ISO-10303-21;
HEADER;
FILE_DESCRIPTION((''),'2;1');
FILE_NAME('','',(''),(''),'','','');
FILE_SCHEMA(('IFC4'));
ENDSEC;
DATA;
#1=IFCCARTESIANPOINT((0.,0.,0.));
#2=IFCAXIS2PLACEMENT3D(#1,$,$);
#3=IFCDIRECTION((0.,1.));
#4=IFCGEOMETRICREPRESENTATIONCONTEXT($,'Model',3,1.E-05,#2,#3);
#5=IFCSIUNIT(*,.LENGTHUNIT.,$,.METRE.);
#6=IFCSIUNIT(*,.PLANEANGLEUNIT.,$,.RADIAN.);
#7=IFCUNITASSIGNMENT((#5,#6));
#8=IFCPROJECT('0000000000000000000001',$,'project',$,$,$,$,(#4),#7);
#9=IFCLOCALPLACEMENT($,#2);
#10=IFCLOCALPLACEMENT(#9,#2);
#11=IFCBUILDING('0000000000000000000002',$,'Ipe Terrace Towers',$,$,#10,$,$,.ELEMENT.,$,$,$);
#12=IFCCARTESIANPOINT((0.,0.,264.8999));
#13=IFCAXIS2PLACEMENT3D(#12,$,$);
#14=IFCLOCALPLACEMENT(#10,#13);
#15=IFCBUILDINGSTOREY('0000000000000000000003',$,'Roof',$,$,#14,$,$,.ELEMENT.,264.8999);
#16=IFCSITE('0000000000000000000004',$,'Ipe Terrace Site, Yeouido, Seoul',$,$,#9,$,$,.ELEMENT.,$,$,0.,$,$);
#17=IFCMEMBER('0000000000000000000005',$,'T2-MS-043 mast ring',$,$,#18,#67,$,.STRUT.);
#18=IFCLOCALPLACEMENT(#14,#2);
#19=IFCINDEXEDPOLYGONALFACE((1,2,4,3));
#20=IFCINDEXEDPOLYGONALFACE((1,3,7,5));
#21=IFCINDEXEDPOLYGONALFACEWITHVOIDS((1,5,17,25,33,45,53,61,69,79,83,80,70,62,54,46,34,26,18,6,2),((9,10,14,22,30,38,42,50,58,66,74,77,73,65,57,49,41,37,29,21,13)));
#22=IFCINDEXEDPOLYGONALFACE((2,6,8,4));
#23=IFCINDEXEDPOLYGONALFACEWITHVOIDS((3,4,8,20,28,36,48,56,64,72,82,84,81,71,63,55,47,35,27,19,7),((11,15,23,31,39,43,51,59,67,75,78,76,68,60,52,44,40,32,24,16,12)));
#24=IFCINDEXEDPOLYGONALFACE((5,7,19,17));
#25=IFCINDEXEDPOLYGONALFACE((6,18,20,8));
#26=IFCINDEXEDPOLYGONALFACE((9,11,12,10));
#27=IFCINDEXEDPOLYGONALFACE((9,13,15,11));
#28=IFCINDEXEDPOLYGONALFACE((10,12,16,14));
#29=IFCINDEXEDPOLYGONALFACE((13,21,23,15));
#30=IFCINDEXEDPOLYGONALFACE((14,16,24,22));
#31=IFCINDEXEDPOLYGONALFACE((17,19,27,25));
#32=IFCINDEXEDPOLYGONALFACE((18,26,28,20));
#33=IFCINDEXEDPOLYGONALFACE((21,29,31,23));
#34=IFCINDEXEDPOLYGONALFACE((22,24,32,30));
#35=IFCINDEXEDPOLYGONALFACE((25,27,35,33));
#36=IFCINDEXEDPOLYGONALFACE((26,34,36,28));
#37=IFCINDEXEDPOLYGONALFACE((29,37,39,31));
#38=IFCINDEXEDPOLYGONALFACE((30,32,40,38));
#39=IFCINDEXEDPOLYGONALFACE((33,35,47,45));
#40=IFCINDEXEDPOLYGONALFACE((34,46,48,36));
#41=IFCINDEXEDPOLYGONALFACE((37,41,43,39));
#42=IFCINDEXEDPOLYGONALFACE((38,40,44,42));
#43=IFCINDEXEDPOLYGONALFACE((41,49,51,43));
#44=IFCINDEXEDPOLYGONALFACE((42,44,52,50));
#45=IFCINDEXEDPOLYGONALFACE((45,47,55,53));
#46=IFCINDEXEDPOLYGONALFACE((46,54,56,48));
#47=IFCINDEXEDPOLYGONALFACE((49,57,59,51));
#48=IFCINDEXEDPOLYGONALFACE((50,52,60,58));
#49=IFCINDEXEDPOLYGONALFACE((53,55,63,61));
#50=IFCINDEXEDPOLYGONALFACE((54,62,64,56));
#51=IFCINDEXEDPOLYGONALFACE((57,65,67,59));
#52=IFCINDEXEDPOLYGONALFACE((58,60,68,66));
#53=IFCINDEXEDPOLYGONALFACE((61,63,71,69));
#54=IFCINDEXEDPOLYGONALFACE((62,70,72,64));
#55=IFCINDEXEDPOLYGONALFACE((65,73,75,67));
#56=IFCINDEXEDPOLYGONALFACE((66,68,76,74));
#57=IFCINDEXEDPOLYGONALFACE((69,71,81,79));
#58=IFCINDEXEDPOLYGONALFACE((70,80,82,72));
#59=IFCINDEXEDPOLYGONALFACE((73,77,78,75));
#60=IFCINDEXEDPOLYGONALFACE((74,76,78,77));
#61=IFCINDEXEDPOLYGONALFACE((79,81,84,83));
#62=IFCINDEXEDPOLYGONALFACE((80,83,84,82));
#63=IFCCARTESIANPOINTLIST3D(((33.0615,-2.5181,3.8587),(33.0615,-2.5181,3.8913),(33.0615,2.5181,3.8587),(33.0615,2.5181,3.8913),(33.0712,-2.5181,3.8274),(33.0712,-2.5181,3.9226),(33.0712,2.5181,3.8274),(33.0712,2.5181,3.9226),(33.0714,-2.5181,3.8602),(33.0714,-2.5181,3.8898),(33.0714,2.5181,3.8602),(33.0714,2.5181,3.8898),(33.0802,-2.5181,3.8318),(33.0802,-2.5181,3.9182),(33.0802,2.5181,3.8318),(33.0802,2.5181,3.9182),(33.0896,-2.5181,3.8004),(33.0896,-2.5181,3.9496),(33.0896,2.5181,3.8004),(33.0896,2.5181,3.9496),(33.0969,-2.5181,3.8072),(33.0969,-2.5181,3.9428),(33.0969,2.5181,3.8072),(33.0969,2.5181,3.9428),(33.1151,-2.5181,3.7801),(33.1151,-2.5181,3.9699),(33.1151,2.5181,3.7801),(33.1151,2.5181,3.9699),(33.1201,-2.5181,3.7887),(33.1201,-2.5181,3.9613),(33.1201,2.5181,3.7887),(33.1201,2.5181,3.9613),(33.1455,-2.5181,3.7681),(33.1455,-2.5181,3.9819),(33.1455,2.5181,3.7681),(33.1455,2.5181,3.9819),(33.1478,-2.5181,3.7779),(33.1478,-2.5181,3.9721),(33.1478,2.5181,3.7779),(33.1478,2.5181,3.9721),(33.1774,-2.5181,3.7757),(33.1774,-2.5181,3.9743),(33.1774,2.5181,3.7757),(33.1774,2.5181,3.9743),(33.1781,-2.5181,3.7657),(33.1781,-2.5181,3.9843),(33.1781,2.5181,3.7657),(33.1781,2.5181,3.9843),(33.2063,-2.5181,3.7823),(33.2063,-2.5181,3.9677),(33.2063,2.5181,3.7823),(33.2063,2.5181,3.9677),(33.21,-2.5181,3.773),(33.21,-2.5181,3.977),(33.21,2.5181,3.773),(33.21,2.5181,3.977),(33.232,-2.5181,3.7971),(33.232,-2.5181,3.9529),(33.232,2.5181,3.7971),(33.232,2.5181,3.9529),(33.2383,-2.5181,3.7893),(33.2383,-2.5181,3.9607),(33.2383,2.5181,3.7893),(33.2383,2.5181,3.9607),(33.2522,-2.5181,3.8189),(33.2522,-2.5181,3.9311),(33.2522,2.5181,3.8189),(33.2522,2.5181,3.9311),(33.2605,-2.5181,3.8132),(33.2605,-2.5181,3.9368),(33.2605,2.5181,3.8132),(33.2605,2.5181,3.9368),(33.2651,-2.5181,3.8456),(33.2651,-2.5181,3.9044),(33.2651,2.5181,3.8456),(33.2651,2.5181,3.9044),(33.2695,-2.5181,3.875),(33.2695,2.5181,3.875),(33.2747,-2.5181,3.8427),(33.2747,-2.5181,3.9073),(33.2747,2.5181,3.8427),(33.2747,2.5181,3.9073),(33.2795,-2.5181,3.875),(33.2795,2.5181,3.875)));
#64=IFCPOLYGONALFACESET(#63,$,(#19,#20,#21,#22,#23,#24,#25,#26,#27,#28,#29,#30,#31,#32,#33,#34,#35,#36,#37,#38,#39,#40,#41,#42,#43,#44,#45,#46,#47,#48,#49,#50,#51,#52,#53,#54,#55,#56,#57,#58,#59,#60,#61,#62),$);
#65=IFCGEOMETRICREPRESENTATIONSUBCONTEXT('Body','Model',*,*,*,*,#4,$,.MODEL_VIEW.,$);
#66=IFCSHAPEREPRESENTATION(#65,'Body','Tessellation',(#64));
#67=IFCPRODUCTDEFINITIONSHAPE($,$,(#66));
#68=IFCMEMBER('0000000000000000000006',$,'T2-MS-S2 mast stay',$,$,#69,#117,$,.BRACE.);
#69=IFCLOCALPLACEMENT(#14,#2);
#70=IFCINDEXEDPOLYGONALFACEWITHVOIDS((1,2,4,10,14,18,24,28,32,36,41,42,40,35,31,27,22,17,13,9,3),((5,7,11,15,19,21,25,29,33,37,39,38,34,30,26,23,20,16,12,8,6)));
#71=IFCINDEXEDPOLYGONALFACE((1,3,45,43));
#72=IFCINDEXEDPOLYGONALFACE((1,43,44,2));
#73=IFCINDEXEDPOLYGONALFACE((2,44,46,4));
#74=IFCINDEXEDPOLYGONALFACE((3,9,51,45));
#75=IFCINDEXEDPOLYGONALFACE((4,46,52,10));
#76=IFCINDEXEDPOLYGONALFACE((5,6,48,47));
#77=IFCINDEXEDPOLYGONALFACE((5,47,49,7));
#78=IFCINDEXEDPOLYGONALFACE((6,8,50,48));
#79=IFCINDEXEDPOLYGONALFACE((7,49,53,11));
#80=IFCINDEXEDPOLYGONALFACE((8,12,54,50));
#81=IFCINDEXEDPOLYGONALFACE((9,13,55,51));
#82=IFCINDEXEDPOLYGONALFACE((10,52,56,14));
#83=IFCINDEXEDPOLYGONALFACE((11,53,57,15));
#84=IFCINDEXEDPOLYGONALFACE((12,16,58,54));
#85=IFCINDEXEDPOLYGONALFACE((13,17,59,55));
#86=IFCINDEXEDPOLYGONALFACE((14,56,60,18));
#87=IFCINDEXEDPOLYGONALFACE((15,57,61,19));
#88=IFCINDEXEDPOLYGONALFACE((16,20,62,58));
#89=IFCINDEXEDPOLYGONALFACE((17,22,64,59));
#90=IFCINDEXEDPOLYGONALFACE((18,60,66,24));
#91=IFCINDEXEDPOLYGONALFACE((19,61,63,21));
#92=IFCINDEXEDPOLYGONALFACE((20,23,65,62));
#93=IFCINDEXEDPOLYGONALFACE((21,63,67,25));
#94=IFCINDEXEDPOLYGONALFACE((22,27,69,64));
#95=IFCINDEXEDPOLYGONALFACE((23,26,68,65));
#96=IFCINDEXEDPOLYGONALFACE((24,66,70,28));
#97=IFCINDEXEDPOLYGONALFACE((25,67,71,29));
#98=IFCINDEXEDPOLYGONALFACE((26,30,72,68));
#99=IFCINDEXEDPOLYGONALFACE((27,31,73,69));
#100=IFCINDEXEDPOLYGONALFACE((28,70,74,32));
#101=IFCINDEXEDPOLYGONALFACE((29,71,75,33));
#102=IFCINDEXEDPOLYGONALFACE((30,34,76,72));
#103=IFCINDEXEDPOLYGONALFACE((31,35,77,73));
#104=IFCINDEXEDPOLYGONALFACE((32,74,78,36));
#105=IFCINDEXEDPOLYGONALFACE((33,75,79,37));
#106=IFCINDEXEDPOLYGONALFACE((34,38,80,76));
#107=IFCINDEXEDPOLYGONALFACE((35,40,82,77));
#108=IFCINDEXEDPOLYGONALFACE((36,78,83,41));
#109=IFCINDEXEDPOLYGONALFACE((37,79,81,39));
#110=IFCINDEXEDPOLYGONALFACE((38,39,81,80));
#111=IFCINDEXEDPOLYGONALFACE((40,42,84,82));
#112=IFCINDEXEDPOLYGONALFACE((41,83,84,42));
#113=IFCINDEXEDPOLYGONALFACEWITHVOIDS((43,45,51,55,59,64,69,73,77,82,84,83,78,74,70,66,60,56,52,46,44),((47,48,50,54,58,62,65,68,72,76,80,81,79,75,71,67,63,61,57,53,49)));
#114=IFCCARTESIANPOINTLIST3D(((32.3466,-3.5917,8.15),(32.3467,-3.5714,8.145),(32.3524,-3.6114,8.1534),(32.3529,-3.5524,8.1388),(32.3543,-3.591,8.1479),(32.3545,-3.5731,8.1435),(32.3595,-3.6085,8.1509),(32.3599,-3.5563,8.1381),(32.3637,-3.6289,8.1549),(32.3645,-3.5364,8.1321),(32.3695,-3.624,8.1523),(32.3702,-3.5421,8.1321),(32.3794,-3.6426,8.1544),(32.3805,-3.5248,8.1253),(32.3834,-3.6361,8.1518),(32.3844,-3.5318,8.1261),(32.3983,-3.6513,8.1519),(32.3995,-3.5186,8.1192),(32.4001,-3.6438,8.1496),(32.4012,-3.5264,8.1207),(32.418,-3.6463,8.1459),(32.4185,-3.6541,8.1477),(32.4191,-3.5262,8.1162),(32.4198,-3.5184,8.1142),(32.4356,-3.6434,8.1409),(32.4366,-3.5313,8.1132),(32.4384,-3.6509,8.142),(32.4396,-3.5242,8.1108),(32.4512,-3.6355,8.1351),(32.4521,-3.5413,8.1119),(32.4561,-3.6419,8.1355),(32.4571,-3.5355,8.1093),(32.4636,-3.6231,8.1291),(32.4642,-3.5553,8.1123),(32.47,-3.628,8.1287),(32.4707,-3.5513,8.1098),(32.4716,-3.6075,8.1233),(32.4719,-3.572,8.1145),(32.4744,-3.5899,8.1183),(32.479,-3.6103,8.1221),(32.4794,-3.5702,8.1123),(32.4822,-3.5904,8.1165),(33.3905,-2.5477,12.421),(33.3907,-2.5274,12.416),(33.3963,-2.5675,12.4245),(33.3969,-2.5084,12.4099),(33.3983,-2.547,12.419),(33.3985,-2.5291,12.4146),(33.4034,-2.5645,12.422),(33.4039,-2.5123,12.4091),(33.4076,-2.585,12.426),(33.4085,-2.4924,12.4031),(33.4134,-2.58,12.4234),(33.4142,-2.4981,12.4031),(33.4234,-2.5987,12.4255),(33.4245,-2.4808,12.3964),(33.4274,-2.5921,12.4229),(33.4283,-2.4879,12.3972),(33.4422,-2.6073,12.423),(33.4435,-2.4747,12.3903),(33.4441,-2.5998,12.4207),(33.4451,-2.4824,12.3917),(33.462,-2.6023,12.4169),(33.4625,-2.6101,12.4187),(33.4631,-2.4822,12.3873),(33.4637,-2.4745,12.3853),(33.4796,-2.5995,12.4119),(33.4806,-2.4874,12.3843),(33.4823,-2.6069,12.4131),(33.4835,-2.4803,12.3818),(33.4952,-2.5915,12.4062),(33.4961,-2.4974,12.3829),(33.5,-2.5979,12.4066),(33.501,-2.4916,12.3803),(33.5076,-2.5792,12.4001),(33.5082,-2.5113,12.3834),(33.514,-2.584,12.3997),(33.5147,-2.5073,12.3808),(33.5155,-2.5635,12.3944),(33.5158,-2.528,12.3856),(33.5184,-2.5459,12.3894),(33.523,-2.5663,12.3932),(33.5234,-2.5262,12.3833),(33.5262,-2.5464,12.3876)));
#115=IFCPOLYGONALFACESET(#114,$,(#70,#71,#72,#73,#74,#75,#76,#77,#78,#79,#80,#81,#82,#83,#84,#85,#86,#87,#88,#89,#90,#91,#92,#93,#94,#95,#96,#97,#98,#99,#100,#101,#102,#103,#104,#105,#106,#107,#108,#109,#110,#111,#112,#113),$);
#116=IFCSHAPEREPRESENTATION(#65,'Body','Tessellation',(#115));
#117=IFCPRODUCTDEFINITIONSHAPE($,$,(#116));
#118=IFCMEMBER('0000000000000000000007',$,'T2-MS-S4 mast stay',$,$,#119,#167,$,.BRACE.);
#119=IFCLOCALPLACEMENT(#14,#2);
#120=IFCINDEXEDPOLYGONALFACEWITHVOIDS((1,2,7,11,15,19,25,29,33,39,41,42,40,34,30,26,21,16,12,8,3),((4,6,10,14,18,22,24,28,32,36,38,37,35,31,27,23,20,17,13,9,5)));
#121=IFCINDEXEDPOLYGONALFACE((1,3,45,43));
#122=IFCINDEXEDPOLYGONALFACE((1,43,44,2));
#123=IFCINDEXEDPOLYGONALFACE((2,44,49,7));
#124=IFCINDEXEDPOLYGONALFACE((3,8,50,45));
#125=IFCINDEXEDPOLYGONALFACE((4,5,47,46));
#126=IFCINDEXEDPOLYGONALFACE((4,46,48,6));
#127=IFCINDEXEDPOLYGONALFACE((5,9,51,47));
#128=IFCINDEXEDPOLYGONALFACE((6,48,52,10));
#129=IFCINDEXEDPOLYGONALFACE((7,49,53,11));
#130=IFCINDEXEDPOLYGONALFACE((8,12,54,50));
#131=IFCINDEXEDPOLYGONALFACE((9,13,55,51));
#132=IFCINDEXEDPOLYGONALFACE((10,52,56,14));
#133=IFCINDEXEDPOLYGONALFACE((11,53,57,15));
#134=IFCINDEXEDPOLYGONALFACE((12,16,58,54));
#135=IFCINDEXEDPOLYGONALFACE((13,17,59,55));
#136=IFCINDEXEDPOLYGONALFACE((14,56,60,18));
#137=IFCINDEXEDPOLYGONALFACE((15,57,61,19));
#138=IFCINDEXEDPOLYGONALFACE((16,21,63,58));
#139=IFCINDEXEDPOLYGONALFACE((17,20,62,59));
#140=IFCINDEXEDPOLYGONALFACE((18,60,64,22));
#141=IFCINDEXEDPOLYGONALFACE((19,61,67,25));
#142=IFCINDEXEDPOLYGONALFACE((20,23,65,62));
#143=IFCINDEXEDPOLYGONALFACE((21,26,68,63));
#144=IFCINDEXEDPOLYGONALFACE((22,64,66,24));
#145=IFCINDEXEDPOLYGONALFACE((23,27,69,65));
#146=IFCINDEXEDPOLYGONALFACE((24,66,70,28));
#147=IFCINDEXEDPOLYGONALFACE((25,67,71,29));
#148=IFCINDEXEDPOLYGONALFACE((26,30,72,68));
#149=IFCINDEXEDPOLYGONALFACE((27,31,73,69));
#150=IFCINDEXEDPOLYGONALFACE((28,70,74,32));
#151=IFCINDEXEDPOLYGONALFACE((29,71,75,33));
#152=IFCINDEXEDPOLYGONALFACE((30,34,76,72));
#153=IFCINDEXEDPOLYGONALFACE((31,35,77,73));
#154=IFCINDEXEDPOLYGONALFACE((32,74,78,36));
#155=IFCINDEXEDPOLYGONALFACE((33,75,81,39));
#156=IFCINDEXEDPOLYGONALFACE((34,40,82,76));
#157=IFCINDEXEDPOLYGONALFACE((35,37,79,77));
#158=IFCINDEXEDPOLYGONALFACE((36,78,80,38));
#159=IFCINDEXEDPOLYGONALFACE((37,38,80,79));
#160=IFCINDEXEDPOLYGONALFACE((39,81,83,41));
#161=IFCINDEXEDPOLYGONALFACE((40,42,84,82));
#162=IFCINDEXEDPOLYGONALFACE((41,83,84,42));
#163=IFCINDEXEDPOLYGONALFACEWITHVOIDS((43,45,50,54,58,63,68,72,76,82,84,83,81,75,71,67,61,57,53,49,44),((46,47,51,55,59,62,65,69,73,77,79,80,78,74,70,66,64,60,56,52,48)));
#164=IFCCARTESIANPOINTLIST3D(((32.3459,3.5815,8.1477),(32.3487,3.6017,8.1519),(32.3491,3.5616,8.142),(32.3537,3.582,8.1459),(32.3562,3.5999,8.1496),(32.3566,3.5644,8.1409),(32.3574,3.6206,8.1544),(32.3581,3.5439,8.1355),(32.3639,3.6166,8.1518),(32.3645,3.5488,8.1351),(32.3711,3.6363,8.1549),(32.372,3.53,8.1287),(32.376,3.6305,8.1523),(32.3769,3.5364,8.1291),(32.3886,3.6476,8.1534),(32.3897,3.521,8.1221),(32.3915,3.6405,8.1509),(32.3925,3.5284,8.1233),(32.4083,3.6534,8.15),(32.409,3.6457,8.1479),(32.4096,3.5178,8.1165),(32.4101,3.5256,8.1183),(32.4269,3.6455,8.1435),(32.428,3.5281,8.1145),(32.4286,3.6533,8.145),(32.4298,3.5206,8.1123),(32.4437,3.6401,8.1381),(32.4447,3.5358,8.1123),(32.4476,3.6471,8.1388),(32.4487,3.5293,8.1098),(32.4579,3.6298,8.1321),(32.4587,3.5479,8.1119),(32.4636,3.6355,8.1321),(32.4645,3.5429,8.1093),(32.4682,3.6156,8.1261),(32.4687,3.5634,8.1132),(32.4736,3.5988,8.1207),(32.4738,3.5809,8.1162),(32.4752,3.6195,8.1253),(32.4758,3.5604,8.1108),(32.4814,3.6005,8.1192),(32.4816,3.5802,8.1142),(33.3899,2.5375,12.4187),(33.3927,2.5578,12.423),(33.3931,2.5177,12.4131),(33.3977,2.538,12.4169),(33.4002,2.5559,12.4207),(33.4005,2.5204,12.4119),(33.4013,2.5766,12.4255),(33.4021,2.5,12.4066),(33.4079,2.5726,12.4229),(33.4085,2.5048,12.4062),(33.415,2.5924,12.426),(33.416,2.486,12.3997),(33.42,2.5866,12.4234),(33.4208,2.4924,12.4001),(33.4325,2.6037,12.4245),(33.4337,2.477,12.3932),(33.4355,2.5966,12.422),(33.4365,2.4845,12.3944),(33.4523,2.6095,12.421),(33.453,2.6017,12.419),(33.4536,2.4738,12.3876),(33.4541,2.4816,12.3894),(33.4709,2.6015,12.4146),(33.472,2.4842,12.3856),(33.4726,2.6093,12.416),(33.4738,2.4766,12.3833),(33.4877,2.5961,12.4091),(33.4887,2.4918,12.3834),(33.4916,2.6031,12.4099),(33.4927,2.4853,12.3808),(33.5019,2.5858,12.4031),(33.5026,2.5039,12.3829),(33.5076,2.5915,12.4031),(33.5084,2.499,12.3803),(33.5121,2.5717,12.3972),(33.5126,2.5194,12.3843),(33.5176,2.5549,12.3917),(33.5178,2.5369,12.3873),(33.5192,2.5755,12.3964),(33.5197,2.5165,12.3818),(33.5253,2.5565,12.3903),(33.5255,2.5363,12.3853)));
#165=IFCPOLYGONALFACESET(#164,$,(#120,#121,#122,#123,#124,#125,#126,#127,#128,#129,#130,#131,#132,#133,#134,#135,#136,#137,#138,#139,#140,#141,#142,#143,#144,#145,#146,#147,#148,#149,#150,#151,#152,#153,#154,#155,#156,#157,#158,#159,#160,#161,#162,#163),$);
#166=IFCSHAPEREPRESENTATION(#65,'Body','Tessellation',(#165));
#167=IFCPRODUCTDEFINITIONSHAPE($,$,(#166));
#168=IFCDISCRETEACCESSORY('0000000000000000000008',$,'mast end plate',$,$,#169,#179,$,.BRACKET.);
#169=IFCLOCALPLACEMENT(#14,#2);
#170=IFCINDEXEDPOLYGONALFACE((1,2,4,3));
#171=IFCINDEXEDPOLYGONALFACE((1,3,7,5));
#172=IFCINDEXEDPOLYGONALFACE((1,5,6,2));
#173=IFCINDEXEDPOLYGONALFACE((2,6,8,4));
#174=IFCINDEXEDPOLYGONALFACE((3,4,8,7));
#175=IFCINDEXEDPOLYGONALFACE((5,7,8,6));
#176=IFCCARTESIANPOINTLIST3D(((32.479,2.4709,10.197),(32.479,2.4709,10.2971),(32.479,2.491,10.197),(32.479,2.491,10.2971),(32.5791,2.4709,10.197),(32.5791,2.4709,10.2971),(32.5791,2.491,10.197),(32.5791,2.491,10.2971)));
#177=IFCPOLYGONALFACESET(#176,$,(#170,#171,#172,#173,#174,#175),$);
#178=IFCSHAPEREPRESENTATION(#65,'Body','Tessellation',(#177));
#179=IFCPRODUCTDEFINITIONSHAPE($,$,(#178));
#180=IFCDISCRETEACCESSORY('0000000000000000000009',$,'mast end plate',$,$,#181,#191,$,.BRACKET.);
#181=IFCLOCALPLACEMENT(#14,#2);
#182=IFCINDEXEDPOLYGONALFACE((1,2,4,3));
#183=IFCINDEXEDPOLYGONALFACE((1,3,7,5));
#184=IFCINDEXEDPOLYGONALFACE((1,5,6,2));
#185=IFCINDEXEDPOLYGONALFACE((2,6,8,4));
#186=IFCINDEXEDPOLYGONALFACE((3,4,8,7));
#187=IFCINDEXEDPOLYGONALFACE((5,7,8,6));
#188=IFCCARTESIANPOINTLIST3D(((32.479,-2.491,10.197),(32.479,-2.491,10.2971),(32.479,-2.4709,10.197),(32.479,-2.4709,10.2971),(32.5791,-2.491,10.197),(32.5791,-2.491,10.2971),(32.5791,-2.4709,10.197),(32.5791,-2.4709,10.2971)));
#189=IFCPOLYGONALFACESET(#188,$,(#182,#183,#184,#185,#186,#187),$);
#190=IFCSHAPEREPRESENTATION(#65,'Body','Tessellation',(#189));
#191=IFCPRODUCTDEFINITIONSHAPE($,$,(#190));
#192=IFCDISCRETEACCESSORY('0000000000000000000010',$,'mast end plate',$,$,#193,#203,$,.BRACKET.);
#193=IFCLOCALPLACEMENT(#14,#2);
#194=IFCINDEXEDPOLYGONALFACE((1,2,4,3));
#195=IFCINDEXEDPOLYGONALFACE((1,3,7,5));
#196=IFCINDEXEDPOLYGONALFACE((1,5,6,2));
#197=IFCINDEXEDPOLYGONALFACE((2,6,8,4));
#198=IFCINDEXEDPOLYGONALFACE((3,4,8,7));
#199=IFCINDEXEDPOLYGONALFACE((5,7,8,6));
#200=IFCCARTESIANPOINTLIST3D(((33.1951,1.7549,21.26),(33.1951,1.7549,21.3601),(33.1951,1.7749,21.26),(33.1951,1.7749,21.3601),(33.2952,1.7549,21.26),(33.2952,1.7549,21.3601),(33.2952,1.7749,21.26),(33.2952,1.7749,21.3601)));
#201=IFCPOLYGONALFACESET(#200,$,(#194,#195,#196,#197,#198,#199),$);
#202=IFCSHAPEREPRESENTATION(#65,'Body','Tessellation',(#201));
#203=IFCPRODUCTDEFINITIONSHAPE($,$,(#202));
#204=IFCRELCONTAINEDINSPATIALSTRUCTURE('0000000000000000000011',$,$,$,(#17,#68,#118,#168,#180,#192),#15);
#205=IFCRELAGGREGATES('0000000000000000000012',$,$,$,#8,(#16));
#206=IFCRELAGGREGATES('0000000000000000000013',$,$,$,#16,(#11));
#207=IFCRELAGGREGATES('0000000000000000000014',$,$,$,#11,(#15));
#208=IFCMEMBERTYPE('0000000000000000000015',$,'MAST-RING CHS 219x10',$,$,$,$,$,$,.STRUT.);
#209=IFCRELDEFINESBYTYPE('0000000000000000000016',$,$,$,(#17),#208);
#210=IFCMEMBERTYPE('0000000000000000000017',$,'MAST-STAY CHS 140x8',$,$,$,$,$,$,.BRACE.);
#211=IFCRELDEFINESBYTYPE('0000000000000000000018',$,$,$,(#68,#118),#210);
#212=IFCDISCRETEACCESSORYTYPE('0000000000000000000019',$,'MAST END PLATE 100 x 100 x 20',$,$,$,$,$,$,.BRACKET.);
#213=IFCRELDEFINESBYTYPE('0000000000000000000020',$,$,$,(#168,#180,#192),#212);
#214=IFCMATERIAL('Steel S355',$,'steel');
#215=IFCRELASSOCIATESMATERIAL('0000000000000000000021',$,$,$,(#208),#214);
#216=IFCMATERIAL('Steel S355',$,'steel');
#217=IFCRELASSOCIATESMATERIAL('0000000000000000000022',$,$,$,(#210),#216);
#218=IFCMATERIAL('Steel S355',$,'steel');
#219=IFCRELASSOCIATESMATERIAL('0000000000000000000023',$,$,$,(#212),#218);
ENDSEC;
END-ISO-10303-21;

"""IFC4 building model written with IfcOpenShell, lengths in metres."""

from ifc_helpers import new_model, si_unit, direction, frame, origin, origin_2d, place, context, subcontext, project, spatial, rectangle, hollow_circle, extrude, material, material_profile, profile_set, type_object, element, save


model = new_model("IFC4")

# Units and contexts
model_context = context("Model", 3, precision=1e-05, world=origin(), true_north=direction((0.0, 1.0)))
body_context = subcontext(model_context, "Body", "Model", "MODEL_VIEW")
ifc_project = project(units=[si_unit("LENGTHUNIT", "METRE"), si_unit("PLANEANGLEUNIT", "RADIAN")], contexts=[model_context])

# Site, building, storey
site_placement = place(None, origin())
site = spatial("IfcSite", under=ifc_project, at=site_placement, Name="Ipe Terrace Site, Yeouido, Seoul", CompositionType="ELEMENT", RefElevation=0.0)
building_placement = place(site_placement, origin())
building = spatial("IfcBuilding", under=site, at=building_placement, Name="Ipe Terrace Towers", CompositionType="ELEMENT")
storey_placement = place(building_placement, frame((0.0, 0.0, 264.8999)))
storey = spatial("IfcBuildingStorey", under=building, at=storey_placement, Name="Roof", CompositionType="ELEMENT", Elevation=264.8999)

# Members
ifc_material_1 = material(Name="Steel S355", Category="steel")
ifc_material_profile_1 = material_profile(ifc_material_1, hollow_circle(Radius=0.1096, WallThickness=0.01, at=origin_2d()), Name="MAST-RING CHS 219x10")
ifc_profile_set_1 = profile_set([ifc_material_profile_1], Name="Steel S355")
member_type_1 = type_object("IfcMemberType", Name="MAST-RING CHS 219x10", PredefinedType="STRUT", material=ifc_profile_set_1)
member_1_placement = place(storey_placement, frame((33.1699, 2.5181, 3.875), z_axis=(0.0, -1.0, 0.0), x_axis=(1.0, 0.0, 0.0)))
element("IfcMember", 1, at=member_1_placement, inside=storey, type_object=member_type_1, Name="T2-MS-043 mast ring", PredefinedType="STRUT", context=body_context, shape_type="SweptSolid", body=[
    extrude(hollow_circle(Radius=0.1096, WallThickness=0.01, at=origin_2d()), origin(), (0.0, 0.0, 1.0), 5.0361),
])
ifc_material_2 = material(Name="Steel S355", Category="steel")
ifc_material_profile_2 = material_profile(ifc_material_2, hollow_circle(Radius=0.0701, WallThickness=0.0081, at=origin_2d()), Name="MAST-STAY CHS 140x8")
ifc_profile_set_2 = profile_set([ifc_material_profile_2], Name="Steel S355")
member_type_2 = type_object("IfcMemberType", Name="MAST-STAY CHS 140x8", PredefinedType="BRACE", material=ifc_profile_set_2)
for number, where, z_axis, x_axis, name in (
    (2, (32.4141, -3.5859, 8.1321), (0.231014, 0.231014, 0.945127), (-0.707107, 0.707107, 0.0), "T2-MS-S2 mast stay"),
    (3, (32.4141, 3.5859, 8.1321), (0.231014, -0.231014, 0.945127), (0.707107, 0.707107, 0.0), "T2-MS-S4 mast stay"),
):
    element("IfcMember", number, at=place(storey_placement, frame(where, z_axis=z_axis, x_axis=x_axis)), inside=storey, type_object=member_type_2, Name=name, PredefinedType="BRACE", context=body_context, shape_type="SweptSolid", body=[
        extrude(hollow_circle(Radius=0.0701, WallThickness=0.0081, at=origin_2d()), origin(), (0.0, 0.0, 1.0), 4.519),
    ])

# Discrete accessories
ifc_material_3 = material(Name="Steel S355", Category="steel")
ifc_material_profile_3 = material_profile(ifc_material_3, rectangle(XDim=0.1001, YDim=0.1001, at=origin_2d()), Name="MAST END PLATE 100 x 100 x 20")
ifc_profile_set_3 = profile_set([ifc_material_profile_3], Name="Steel S355")
discrete_accessory_type_1 = type_object("IfcDiscreteAccessoryType", Name="MAST END PLATE 100 x 100 x 20", PredefinedType="BRACKET", material=ifc_profile_set_3)
for number, where, z_axis, x_axis, name in (
    (4, (32.5291, 2.4709, 10.2471), (0.0, 1.0, 0.0), (-1.0, 0.0, 0.0), "mast end plate"),
    (5, (32.5291, -2.4709, 10.2471), (0.0, -1.0, 0.0), (1.0, 0.0, 0.0), "mast end plate"),
    (6, (33.2451, 1.7549, 21.3101), (0.0, 1.0, 0.0), (-1.0, 0.0, 0.0), "mast end plate"),
):
    element("IfcDiscreteAccessory", number, at=place(storey_placement, frame(where, z_axis=z_axis, x_axis=x_axis)), inside=storey, type_object=discrete_accessory_type_1, Name=name, PredefinedType="BRACKET", context=body_context, shape_type="SweptSolid", body=[
        extrude(rectangle(XDim=0.1001, YDim=0.1001, at=origin_2d()), origin(), (0.0, 0.0, 1.0), 0.02),
    ])

save(model, "model.ifc")
